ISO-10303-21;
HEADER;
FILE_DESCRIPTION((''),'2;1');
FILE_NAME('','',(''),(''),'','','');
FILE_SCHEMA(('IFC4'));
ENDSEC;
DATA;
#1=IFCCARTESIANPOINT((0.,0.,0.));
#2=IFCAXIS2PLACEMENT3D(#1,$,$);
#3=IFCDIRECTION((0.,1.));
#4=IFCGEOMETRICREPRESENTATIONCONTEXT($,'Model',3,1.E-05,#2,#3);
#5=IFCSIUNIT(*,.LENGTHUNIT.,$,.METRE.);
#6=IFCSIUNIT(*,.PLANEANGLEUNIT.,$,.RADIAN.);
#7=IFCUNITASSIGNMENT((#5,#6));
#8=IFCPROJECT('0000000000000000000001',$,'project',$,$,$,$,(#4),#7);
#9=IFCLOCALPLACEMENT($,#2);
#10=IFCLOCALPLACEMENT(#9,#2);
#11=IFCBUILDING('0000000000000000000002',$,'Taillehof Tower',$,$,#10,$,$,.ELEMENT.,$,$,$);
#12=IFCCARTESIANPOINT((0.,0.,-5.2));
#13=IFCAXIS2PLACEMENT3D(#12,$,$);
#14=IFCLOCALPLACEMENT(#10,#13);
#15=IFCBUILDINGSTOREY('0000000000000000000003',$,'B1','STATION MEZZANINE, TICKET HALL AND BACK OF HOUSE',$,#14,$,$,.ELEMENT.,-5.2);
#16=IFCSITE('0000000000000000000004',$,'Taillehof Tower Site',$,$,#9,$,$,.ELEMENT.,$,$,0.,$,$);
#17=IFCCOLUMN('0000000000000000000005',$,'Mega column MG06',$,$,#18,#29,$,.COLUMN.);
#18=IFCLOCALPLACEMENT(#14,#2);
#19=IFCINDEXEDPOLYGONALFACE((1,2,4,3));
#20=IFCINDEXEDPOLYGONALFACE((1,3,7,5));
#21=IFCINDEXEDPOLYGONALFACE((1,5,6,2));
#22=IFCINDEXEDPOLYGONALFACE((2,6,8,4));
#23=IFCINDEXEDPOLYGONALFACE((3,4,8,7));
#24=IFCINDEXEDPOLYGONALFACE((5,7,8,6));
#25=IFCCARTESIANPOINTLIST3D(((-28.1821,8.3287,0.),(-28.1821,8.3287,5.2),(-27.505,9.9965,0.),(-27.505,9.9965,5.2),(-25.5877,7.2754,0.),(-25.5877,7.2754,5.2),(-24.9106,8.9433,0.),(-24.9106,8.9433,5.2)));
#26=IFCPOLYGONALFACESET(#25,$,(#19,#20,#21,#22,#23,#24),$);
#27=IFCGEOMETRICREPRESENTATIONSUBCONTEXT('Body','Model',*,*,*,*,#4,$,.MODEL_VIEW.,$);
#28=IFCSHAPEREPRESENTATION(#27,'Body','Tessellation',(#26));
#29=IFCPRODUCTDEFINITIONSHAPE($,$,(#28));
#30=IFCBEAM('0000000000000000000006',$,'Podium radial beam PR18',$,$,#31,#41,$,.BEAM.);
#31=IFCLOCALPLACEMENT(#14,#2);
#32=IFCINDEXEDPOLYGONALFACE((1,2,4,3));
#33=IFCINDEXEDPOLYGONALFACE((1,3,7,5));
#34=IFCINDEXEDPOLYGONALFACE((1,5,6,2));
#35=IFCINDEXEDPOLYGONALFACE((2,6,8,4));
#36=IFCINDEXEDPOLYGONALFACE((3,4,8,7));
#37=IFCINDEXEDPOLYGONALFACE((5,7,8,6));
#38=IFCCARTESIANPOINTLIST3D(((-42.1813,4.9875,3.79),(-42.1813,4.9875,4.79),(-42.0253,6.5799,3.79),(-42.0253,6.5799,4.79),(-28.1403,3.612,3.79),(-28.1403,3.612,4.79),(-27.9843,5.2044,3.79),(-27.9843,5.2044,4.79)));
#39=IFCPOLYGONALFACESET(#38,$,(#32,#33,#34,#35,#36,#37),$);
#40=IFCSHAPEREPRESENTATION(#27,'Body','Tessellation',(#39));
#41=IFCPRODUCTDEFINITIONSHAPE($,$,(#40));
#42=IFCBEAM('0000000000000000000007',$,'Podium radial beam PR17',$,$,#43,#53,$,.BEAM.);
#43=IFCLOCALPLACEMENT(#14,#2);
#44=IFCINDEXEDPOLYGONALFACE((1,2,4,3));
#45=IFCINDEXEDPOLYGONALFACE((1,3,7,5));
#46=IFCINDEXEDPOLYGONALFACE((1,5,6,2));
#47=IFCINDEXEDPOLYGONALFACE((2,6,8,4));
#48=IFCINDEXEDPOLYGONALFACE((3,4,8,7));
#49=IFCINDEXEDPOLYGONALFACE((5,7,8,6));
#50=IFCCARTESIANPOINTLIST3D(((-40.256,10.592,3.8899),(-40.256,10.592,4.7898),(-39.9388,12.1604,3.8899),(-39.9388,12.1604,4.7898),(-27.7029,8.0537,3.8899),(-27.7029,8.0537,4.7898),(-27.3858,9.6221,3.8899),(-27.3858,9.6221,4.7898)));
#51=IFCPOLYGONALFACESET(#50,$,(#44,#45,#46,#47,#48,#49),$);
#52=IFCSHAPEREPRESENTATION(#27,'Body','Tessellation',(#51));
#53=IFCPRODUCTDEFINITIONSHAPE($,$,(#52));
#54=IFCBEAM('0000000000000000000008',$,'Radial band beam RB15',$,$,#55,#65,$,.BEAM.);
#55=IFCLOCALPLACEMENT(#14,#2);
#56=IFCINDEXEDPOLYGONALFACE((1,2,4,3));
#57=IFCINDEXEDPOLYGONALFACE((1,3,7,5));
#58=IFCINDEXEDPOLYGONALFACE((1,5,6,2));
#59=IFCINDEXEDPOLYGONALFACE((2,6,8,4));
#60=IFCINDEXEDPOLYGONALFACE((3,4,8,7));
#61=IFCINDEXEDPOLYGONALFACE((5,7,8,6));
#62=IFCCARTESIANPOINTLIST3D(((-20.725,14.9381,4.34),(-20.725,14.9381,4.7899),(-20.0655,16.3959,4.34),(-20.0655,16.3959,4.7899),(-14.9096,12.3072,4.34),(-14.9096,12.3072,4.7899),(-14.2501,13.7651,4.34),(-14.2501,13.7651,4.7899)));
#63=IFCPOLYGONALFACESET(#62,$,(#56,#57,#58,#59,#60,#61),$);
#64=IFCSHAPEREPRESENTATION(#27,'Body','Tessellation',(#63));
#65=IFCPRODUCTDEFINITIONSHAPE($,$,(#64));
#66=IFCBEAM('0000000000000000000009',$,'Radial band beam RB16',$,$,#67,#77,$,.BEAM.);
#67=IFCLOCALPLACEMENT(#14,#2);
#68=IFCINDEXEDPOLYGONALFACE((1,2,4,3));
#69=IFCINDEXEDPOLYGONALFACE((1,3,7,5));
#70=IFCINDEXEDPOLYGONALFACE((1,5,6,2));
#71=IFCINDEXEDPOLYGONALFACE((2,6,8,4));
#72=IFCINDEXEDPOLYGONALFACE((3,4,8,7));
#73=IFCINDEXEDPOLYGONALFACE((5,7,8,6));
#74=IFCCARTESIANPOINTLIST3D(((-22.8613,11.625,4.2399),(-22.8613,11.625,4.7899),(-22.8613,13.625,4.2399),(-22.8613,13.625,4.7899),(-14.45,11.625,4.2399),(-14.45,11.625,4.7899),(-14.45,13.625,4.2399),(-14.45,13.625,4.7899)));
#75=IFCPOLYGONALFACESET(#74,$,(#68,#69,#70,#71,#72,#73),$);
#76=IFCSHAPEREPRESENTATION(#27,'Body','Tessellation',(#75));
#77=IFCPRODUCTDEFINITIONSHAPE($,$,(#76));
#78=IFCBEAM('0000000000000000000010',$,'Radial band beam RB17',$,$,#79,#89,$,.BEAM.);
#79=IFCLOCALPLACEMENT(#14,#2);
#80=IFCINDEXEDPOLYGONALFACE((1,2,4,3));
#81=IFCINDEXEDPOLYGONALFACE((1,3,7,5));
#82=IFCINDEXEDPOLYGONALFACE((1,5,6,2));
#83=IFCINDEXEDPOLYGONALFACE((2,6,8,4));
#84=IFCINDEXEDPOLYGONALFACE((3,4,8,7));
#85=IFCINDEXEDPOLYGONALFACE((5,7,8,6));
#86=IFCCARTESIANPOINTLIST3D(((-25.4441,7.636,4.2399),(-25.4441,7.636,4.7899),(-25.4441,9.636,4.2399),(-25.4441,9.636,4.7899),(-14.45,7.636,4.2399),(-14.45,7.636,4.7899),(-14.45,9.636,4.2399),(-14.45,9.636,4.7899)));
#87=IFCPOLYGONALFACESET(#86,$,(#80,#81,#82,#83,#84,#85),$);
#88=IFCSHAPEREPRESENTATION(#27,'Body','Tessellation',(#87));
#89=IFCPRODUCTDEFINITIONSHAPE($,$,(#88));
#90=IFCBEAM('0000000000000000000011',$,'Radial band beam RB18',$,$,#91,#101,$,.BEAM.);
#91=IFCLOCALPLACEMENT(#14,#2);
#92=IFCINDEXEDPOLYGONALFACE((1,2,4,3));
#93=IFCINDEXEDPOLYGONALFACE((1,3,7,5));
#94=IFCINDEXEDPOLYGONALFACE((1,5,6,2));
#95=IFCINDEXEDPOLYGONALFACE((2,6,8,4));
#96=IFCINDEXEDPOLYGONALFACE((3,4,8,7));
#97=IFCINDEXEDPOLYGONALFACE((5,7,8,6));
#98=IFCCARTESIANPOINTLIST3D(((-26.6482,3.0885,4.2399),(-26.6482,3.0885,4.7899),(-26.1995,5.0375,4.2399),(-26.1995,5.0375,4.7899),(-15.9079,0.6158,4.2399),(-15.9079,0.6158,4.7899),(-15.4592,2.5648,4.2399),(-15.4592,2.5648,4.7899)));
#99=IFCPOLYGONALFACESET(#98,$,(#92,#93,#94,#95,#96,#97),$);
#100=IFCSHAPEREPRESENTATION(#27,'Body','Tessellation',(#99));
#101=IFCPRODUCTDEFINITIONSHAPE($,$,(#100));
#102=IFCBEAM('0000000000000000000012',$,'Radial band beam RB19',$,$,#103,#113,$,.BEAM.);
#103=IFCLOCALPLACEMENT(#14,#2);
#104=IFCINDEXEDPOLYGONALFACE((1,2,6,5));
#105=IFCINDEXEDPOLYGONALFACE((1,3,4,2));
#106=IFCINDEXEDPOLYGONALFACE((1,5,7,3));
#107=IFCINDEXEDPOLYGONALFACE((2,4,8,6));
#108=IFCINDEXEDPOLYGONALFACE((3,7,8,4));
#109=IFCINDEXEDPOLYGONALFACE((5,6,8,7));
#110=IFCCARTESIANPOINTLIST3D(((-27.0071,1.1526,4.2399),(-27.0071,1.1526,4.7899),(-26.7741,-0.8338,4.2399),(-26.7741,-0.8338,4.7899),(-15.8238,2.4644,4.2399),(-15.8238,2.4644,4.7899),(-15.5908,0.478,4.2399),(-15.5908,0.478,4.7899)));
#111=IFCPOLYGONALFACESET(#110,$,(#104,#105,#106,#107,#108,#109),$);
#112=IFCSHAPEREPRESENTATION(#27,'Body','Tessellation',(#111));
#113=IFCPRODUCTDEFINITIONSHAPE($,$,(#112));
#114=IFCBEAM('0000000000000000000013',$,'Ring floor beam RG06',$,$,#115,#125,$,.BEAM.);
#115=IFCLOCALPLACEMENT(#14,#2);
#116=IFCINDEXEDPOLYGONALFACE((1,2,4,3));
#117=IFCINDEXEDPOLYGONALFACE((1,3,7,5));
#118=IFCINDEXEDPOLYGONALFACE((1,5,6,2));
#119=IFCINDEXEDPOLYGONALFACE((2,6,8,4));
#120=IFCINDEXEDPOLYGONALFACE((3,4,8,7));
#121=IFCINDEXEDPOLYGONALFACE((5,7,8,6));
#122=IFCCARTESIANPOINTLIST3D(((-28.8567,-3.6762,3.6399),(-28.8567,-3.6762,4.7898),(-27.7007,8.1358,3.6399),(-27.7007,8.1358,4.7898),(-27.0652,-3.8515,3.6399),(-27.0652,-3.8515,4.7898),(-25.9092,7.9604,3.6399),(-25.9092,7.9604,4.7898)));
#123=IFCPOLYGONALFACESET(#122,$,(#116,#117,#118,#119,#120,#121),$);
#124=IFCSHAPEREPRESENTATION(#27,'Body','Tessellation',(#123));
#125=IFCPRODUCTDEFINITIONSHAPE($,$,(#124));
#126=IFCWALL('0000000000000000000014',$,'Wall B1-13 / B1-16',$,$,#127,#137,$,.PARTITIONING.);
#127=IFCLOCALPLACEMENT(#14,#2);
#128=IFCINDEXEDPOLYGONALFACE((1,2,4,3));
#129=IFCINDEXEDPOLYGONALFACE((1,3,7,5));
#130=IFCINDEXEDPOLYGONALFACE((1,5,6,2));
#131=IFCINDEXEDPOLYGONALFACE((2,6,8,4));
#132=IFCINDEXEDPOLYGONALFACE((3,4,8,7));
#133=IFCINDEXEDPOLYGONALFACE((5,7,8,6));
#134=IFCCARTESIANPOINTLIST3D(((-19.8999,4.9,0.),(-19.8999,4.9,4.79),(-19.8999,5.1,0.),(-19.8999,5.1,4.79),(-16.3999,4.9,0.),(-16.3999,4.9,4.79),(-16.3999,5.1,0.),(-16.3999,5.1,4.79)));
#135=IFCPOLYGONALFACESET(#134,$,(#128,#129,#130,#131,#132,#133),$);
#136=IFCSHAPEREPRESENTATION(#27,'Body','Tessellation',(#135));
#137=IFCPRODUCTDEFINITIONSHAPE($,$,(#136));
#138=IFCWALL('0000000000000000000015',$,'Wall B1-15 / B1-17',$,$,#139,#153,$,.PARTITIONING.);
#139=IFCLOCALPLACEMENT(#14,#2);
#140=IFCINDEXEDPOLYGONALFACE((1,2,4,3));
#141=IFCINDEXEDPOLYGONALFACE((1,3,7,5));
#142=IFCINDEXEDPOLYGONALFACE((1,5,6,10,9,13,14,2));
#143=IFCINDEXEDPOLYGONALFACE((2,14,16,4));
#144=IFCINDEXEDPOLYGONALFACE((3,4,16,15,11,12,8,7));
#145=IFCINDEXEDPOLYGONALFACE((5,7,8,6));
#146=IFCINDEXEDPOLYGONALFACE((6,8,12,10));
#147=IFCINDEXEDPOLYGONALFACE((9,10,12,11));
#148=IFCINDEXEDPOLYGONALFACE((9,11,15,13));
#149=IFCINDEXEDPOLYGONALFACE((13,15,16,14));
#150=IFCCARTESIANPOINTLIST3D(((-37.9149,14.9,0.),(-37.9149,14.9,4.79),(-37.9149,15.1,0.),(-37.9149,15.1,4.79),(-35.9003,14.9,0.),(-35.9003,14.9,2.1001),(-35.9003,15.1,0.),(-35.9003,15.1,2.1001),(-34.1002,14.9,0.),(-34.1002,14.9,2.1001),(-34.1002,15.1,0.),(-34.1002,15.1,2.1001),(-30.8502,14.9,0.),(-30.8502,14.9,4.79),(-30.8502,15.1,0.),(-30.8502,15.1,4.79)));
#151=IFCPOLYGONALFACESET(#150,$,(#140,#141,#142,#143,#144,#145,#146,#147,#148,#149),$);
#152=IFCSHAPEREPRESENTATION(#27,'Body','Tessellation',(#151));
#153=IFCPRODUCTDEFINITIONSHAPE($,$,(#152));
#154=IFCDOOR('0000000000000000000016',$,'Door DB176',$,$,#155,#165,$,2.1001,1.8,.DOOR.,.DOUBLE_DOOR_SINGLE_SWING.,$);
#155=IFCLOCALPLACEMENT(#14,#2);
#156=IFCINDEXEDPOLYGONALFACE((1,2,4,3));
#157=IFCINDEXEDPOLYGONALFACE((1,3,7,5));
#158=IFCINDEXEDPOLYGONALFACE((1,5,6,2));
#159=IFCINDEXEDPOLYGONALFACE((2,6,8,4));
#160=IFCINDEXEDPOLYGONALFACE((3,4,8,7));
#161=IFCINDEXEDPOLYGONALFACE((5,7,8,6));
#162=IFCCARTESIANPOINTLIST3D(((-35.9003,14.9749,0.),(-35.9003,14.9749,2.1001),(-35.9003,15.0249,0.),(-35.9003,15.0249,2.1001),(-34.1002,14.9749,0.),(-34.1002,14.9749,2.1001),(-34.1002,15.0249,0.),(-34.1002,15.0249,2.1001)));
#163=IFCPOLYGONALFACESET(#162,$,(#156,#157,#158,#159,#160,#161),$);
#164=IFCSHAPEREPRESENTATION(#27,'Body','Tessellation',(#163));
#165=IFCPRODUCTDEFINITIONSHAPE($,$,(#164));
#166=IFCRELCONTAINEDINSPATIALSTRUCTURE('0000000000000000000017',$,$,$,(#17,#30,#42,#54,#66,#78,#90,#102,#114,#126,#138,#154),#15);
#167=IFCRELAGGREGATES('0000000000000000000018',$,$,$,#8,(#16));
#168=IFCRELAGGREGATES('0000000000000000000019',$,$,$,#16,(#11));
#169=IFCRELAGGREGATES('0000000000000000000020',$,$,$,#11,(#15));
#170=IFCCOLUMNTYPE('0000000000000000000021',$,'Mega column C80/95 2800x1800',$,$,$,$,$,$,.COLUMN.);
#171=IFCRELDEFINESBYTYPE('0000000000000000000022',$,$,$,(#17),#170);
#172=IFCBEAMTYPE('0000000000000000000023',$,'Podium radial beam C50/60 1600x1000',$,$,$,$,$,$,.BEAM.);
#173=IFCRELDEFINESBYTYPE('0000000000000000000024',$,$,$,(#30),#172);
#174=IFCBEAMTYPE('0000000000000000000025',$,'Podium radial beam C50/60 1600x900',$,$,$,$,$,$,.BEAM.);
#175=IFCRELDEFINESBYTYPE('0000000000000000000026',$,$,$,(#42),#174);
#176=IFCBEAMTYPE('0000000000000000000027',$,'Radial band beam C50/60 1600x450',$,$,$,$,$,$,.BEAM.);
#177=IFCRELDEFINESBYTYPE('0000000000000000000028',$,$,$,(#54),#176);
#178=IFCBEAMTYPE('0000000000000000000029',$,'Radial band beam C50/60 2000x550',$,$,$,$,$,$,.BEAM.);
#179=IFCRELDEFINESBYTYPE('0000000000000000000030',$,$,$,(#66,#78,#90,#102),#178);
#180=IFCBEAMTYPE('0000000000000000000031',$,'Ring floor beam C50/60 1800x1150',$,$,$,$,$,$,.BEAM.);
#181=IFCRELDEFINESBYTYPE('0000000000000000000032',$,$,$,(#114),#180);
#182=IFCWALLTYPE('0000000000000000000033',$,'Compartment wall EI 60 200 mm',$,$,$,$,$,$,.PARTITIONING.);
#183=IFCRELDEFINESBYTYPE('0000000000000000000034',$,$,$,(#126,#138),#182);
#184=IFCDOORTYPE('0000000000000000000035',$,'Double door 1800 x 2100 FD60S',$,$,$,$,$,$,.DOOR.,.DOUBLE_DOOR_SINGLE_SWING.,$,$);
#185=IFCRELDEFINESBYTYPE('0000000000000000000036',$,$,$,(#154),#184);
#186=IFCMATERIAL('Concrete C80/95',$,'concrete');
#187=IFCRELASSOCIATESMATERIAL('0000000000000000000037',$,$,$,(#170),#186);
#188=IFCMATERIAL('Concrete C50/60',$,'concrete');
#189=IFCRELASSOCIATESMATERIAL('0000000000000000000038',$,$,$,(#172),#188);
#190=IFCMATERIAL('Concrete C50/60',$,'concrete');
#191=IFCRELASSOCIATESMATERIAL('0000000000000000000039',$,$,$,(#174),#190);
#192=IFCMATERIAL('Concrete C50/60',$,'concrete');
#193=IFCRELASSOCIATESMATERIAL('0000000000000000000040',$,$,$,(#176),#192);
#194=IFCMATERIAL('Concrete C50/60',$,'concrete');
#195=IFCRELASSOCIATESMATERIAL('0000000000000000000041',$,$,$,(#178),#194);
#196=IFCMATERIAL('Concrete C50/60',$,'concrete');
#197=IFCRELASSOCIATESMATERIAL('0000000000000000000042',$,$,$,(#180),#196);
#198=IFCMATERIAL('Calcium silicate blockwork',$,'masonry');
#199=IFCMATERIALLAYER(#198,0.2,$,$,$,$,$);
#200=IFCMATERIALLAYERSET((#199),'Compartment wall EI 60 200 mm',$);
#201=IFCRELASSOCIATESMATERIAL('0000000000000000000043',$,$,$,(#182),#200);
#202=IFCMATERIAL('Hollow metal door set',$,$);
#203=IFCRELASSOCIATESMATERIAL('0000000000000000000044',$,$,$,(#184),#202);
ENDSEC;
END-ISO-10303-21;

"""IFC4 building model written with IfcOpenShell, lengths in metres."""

from ifc_helpers import new_model, si_unit, direction, frame, frame_2d, origin, origin_2d, place, context, subcontext, project, spatial, rectangle, extrude, material, layer, layer_set, material_profile, profile_set, type_object, element, fill, save


model = new_model("IFC4")

# Units and contexts
model_context = context("Model", 3, precision=1e-05, world=origin(), true_north=direction((0.0, 1.0)))
body_context = subcontext(model_context, "Body", "Model", "MODEL_VIEW")
ifc_project = project(units=[si_unit("LENGTHUNIT", "METRE"), si_unit("PLANEANGLEUNIT", "RADIAN")], contexts=[model_context])

# Site, building, storey
site_placement = place(None, origin())
site = spatial("IfcSite", under=ifc_project, at=site_placement, Name="Taillehof Tower Site", CompositionType="ELEMENT", RefElevation=0.0)
building_placement = place(site_placement, origin())
building = spatial("IfcBuilding", under=site, at=building_placement, Name="Taillehof Tower", CompositionType="ELEMENT")
storey_placement = place(building_placement, frame((0.0, 0.0, -5.2)))
storey = spatial("IfcBuildingStorey", under=building, at=storey_placement, Name="B1", Description="STATION MEZZANINE, TICKET HALL AND BACK OF HOUSE", CompositionType="ELEMENT", Elevation=-5.2)

# Column
ifc_material_1 = material(Name="Concrete C80/95", Category="concrete")
ifc_material_profile_1 = material_profile(ifc_material_1, rectangle(XDim=2.8, YDim=1.8, at=origin_2d()), Name="RC 2800x1800")
ifc_profile_set_1 = profile_set([ifc_material_profile_1], Name="Concrete C80/95")
column_type = type_object("IfcColumnType", Name="Mega column C80/95 2800x1800", PredefinedType="COLUMN", material=ifc_profile_set_1)
column_placement = place(storey_placement, frame((-26.5464, 8.636, 0.0), z_axis=(0.0, 0.0, 1.0), x_axis=(-0.926558, 0.376152, 0.0)))
element("IfcColumn", 1, at=column_placement, inside=storey, type_object=column_type, Name="Mega column MG06", PredefinedType="COLUMN", context=body_context, shape_type="SweptSolid", body=[
    extrude(rectangle(XDim=2.8, YDim=1.8, at=origin_2d()), origin(), (0.0, 0.0, 1.0), 5.2),
])

# Beams
ifc_material_2 = material(Name="Concrete C50/60", Category="concrete")
ifc_material_profile_2 = material_profile(ifc_material_2, rectangle(XDim=1.6001, YDim=1.0, at=origin_2d()), Name="RC 1600x1000")
ifc_profile_set_2 = profile_set([ifc_material_profile_2], Name="Concrete C50/60")
beam_type_1 = type_object("IfcBeamType", Name="Podium radial beam C50/60 1600x1000", PredefinedType="BEAM", material=ifc_profile_set_2)
beam_1_placement = place(storey_placement, frame((-42.1033, 5.7837, 4.29), z_axis=(0.995236, -0.097495, 0.0), x_axis=(0.097495, 0.995236, 0.0)))
element("IfcBeam", 2, at=beam_1_placement, inside=storey, type_object=beam_type_1, Name="Podium radial beam PR18", PredefinedType="BEAM", context=body_context, shape_type="SweptSolid", body=[
    extrude(rectangle(XDim=1.6001, YDim=1.0, at=origin_2d()), origin(), (0.0, 0.0, 1.0), 14.1082),
])
ifc_material_3 = material(Name="Concrete C50/60", Category="concrete")
ifc_material_profile_3 = material_profile(ifc_material_3, rectangle(XDim=1.6001, YDim=0.8999, at=origin_2d()), Name="RC 1600x900")
ifc_profile_set_3 = profile_set([ifc_material_profile_3], Name="Concrete C50/60")
beam_type_2 = type_object("IfcBeamType", Name="Podium radial beam C50/60 1600x900", PredefinedType="BEAM", material=ifc_profile_set_3)
beam_2_placement = place(storey_placement, frame((-40.0974, 11.3762, 4.3398), z_axis=(0.980162, -0.198198, 0.0), x_axis=(0.198198, 0.980162, 0.0)))
element("IfcBeam", 3, at=beam_2_placement, inside=storey, type_object=beam_type_2, Name="Podium radial beam PR17", PredefinedType="BEAM", context=body_context, shape_type="SweptSolid", body=[
    extrude(rectangle(XDim=1.6001, YDim=0.8999, at=origin_2d()), origin(), (0.0, 0.0, 1.0), 12.8071),
])
ifc_material_4 = material(Name="Concrete C50/60", Category="concrete")
ifc_material_profile_4 = material_profile(ifc_material_4, rectangle(XDim=1.6001, YDim=0.45, at=origin_2d()), Name="RC 1600x450")
ifc_profile_set_4 = profile_set([ifc_material_profile_4], Name="Concrete C50/60")
beam_type_3 = type_object("IfcBeamType", Name="Radial band beam C50/60 1600x450", PredefinedType="BEAM", material=ifc_profile_set_4)
beam_3_placement = place(storey_placement, frame((-20.3953, 15.667, 4.5649), z_axis=(0.911104, -0.412177, 0.0), x_axis=(0.412177, 0.911104, 0.0)))
element("IfcBeam", 4, at=beam_3_placement, inside=storey, type_object=beam_type_3, Name="Radial band beam RB15", PredefinedType="BEAM", context=body_context, shape_type="SweptSolid", body=[
    extrude(rectangle(XDim=1.6001, YDim=0.45, at=origin_2d()), origin(), (0.0, 0.0, 1.0), 6.3828),
])
ifc_material_5 = material(Name="Concrete C50/60", Category="concrete")
ifc_material_profile_5 = material_profile(ifc_material_5, rectangle(XDim=2.0, YDim=0.55, at=origin_2d()), Name="RC 2000x550")
ifc_profile_set_5 = profile_set([ifc_material_profile_5], Name="Concrete C50/60")
beam_type_4 = type_object("IfcBeamType", Name="Radial band beam C50/60 2000x550", PredefinedType="BEAM", material=ifc_profile_set_5)
beam_4_placement = place(storey_placement, frame((-22.8613, 12.625, 4.5149), z_axis=(1.0, 0.0, 0.0), x_axis=(0.0, 1.0, 0.0)))
element("IfcBeam", 5, at=beam_4_placement, inside=storey, type_object=beam_type_4, Name="Radial band beam RB16", PredefinedType="BEAM", context=body_context, shape_type="SweptSolid", body=[
    extrude(rectangle(XDim=2.0, YDim=0.55, at=origin_2d()), origin(), (0.0, 0.0, 1.0), 8.4114),
])
beam_5_placement = place(storey_placement, frame((-25.4441, 8.636, 4.5149), z_axis=(1.0, 0.0, 0.0), x_axis=(0.0, 1.0, 0.0)))
element("IfcBeam", 6, at=beam_5_placement, inside=storey, type_object=beam_type_4, Name="Radial band beam RB17", PredefinedType="BEAM", context=body_context, shape_type="SweptSolid", body=[
    extrude(rectangle(XDim=2.0, YDim=0.55, at=origin_2d()), origin(), (0.0, 0.0, 1.0), 10.9941),
])
beam_6_placement = place(storey_placement, frame((-26.4238, 4.063, 4.5149), z_axis=(0.974508, -0.224355, 0.0), x_axis=(0.224355, 0.974508, 0.0)))
element("IfcBeam", 7, at=beam_6_placement, inside=storey, type_object=beam_type_4, Name="Radial band beam RB18", PredefinedType="BEAM", context=body_context, shape_type="SweptSolid", body=[
    extrude(rectangle(XDim=2.0, YDim=0.55, at=origin_2d()), origin(), (0.0, 0.0, 1.0), 11.0212),
])
beam_7_placement = place(storey_placement, frame((-26.8906, 0.1594, 4.5149), z_axis=(0.993191, 0.116498, 0.0), x_axis=(-0.116498, 0.993191, 0.0)))
element("IfcBeam", 8, at=beam_7_placement, inside=storey, type_object=beam_type_4, Name="Radial band beam RB19", PredefinedType="BEAM", context=body_context, shape_type="SweptSolid", body=[
    extrude(rectangle(XDim=2.0, YDim=0.55, at=origin_2d()), origin(), (0.0, 0.0, 1.0), 11.26),
])
ifc_material_6 = material(Name="Concrete C50/60", Category="concrete")
ifc_material_profile_6 = material_profile(ifc_material_6, rectangle(XDim=1.8, YDim=1.1499, at=origin_2d()), Name="RC 1800x1150")
ifc_profile_set_6 = profile_set([ifc_material_profile_6], Name="Concrete C50/60")
beam_type_5 = type_object("IfcBeamType", Name="Ring floor beam C50/60 1800x1150", PredefinedType="BEAM", material=ifc_profile_set_6)
beam_8_placement = place(storey_placement, frame((-26.8049, 8.0481, 4.2148), z_axis=(-0.097402, -0.995245, 0.0), x_axis=(0.995245, -0.097402, 0.0)))
element("IfcBeam", 9, at=beam_8_placement, inside=storey, type_object=beam_type_5, Name="Ring floor beam RG06", PredefinedType="BEAM", context=body_context, shape_type="SweptSolid", body=[
    extrude(rectangle(XDim=1.8, YDim=1.1499, at=origin_2d()), origin(), (0.0, 0.0, 1.0), 11.8684),
])

# Wall
ifc_material_7 = material(Name="Calcium silicate blockwork", Category="masonry")
ifc_layer_1 = layer(ifc_material_7, 0.2)
ifc_layer_set_1 = layer_set([ifc_layer_1], Name="Compartment wall EI 60 200 mm")
wall_type_1 = type_object("IfcWallType", Name="Compartment wall EI 60 200 mm", PredefinedType="PARTITIONING", material=ifc_layer_set_1)
wall_1_placement = place(storey_placement, frame((-19.8999, 5.0, 0.0), z_axis=(0.0, 0.0, 1.0), x_axis=(1.0, 0.0, 0.0)))
element("IfcWall", 10, at=wall_1_placement, inside=storey, type_object=wall_type_1, Name="Wall B1-13 / B1-16", PredefinedType="PARTITIONING", context=body_context, shape_type="SweptSolid", body=[
    extrude(rectangle(XDim=3.5, YDim=0.2, at=frame_2d((1.75, 0.0))), origin(), (0.0, 0.0, 1.0), 4.79),
])

# Wall, opening, door
wall_2_placement = place(storey_placement, frame((-37.9148, 15.0, 0.0), z_axis=(0.0, 0.0, 1.0), x_axis=(1.0, 0.0, 0.0)))
wall_2 = element("IfcWall", 11, at=wall_2_placement, inside=storey, type_object=wall_type_1, Name="Wall B1-15 / B1-17", PredefinedType="PARTITIONING", context=body_context, shape_type="SweptSolid", body=[
    extrude(rectangle(XDim=7.0647, YDim=0.2, at=frame_2d((3.5322, 0.0))), origin(), (0.0, 0.0, 1.0), 4.79),
])
opening_1_placement = place(wall_2_placement, frame((2.0146, 0.0, 0.0)))
opening_1 = element("IfcOpeningElement", 12, at=opening_1_placement, cuts=wall_2, PredefinedType="OPENING", context=body_context, shape_type="SweptSolid", body=[
    extrude(rectangle(XDim=1.8, YDim=2.1001, at=frame_2d((0.8999, 1.05))), frame((0.0, 0.1099, 0.0), z_axis=(0.0, -1.0, 0.0), x_axis=(1.0, 0.0, 0.0)), (0.0, 0.0, 1.0), 0.22),
])
ifc_material_8 = material(Name="Hollow metal door set")
door_type_1 = type_object("IfcDoorType", Name="Double door 1800 x 2100 FD60S", OperationType="DOUBLE_DOOR_SINGLE_SWING", PredefinedType="DOOR", material=ifc_material_8)
door_1_placement = place(opening_1_placement, origin())
door_1 = element("IfcDoor", 13, at=door_1_placement, inside=storey, type_object=door_type_1, Name="Door DB176", OperationType="DOUBLE_DOOR_SINGLE_SWING", OverallHeight=2.1001, OverallWidth=1.8, PredefinedType="DOOR", context=body_context, shape_type="SweptSolid", body=[
    extrude(rectangle(XDim=1.8, YDim=2.1001, at=frame_2d((0.8999, 1.05))), frame((0.0, 0.0249, 0.0), z_axis=(0.0, -1.0, 0.0), x_axis=(1.0, 0.0, 0.0)), (0.0, 0.0, 1.0), 0.05),
])
fill(opening_1, door_1)

save(model, "model.ifc")
